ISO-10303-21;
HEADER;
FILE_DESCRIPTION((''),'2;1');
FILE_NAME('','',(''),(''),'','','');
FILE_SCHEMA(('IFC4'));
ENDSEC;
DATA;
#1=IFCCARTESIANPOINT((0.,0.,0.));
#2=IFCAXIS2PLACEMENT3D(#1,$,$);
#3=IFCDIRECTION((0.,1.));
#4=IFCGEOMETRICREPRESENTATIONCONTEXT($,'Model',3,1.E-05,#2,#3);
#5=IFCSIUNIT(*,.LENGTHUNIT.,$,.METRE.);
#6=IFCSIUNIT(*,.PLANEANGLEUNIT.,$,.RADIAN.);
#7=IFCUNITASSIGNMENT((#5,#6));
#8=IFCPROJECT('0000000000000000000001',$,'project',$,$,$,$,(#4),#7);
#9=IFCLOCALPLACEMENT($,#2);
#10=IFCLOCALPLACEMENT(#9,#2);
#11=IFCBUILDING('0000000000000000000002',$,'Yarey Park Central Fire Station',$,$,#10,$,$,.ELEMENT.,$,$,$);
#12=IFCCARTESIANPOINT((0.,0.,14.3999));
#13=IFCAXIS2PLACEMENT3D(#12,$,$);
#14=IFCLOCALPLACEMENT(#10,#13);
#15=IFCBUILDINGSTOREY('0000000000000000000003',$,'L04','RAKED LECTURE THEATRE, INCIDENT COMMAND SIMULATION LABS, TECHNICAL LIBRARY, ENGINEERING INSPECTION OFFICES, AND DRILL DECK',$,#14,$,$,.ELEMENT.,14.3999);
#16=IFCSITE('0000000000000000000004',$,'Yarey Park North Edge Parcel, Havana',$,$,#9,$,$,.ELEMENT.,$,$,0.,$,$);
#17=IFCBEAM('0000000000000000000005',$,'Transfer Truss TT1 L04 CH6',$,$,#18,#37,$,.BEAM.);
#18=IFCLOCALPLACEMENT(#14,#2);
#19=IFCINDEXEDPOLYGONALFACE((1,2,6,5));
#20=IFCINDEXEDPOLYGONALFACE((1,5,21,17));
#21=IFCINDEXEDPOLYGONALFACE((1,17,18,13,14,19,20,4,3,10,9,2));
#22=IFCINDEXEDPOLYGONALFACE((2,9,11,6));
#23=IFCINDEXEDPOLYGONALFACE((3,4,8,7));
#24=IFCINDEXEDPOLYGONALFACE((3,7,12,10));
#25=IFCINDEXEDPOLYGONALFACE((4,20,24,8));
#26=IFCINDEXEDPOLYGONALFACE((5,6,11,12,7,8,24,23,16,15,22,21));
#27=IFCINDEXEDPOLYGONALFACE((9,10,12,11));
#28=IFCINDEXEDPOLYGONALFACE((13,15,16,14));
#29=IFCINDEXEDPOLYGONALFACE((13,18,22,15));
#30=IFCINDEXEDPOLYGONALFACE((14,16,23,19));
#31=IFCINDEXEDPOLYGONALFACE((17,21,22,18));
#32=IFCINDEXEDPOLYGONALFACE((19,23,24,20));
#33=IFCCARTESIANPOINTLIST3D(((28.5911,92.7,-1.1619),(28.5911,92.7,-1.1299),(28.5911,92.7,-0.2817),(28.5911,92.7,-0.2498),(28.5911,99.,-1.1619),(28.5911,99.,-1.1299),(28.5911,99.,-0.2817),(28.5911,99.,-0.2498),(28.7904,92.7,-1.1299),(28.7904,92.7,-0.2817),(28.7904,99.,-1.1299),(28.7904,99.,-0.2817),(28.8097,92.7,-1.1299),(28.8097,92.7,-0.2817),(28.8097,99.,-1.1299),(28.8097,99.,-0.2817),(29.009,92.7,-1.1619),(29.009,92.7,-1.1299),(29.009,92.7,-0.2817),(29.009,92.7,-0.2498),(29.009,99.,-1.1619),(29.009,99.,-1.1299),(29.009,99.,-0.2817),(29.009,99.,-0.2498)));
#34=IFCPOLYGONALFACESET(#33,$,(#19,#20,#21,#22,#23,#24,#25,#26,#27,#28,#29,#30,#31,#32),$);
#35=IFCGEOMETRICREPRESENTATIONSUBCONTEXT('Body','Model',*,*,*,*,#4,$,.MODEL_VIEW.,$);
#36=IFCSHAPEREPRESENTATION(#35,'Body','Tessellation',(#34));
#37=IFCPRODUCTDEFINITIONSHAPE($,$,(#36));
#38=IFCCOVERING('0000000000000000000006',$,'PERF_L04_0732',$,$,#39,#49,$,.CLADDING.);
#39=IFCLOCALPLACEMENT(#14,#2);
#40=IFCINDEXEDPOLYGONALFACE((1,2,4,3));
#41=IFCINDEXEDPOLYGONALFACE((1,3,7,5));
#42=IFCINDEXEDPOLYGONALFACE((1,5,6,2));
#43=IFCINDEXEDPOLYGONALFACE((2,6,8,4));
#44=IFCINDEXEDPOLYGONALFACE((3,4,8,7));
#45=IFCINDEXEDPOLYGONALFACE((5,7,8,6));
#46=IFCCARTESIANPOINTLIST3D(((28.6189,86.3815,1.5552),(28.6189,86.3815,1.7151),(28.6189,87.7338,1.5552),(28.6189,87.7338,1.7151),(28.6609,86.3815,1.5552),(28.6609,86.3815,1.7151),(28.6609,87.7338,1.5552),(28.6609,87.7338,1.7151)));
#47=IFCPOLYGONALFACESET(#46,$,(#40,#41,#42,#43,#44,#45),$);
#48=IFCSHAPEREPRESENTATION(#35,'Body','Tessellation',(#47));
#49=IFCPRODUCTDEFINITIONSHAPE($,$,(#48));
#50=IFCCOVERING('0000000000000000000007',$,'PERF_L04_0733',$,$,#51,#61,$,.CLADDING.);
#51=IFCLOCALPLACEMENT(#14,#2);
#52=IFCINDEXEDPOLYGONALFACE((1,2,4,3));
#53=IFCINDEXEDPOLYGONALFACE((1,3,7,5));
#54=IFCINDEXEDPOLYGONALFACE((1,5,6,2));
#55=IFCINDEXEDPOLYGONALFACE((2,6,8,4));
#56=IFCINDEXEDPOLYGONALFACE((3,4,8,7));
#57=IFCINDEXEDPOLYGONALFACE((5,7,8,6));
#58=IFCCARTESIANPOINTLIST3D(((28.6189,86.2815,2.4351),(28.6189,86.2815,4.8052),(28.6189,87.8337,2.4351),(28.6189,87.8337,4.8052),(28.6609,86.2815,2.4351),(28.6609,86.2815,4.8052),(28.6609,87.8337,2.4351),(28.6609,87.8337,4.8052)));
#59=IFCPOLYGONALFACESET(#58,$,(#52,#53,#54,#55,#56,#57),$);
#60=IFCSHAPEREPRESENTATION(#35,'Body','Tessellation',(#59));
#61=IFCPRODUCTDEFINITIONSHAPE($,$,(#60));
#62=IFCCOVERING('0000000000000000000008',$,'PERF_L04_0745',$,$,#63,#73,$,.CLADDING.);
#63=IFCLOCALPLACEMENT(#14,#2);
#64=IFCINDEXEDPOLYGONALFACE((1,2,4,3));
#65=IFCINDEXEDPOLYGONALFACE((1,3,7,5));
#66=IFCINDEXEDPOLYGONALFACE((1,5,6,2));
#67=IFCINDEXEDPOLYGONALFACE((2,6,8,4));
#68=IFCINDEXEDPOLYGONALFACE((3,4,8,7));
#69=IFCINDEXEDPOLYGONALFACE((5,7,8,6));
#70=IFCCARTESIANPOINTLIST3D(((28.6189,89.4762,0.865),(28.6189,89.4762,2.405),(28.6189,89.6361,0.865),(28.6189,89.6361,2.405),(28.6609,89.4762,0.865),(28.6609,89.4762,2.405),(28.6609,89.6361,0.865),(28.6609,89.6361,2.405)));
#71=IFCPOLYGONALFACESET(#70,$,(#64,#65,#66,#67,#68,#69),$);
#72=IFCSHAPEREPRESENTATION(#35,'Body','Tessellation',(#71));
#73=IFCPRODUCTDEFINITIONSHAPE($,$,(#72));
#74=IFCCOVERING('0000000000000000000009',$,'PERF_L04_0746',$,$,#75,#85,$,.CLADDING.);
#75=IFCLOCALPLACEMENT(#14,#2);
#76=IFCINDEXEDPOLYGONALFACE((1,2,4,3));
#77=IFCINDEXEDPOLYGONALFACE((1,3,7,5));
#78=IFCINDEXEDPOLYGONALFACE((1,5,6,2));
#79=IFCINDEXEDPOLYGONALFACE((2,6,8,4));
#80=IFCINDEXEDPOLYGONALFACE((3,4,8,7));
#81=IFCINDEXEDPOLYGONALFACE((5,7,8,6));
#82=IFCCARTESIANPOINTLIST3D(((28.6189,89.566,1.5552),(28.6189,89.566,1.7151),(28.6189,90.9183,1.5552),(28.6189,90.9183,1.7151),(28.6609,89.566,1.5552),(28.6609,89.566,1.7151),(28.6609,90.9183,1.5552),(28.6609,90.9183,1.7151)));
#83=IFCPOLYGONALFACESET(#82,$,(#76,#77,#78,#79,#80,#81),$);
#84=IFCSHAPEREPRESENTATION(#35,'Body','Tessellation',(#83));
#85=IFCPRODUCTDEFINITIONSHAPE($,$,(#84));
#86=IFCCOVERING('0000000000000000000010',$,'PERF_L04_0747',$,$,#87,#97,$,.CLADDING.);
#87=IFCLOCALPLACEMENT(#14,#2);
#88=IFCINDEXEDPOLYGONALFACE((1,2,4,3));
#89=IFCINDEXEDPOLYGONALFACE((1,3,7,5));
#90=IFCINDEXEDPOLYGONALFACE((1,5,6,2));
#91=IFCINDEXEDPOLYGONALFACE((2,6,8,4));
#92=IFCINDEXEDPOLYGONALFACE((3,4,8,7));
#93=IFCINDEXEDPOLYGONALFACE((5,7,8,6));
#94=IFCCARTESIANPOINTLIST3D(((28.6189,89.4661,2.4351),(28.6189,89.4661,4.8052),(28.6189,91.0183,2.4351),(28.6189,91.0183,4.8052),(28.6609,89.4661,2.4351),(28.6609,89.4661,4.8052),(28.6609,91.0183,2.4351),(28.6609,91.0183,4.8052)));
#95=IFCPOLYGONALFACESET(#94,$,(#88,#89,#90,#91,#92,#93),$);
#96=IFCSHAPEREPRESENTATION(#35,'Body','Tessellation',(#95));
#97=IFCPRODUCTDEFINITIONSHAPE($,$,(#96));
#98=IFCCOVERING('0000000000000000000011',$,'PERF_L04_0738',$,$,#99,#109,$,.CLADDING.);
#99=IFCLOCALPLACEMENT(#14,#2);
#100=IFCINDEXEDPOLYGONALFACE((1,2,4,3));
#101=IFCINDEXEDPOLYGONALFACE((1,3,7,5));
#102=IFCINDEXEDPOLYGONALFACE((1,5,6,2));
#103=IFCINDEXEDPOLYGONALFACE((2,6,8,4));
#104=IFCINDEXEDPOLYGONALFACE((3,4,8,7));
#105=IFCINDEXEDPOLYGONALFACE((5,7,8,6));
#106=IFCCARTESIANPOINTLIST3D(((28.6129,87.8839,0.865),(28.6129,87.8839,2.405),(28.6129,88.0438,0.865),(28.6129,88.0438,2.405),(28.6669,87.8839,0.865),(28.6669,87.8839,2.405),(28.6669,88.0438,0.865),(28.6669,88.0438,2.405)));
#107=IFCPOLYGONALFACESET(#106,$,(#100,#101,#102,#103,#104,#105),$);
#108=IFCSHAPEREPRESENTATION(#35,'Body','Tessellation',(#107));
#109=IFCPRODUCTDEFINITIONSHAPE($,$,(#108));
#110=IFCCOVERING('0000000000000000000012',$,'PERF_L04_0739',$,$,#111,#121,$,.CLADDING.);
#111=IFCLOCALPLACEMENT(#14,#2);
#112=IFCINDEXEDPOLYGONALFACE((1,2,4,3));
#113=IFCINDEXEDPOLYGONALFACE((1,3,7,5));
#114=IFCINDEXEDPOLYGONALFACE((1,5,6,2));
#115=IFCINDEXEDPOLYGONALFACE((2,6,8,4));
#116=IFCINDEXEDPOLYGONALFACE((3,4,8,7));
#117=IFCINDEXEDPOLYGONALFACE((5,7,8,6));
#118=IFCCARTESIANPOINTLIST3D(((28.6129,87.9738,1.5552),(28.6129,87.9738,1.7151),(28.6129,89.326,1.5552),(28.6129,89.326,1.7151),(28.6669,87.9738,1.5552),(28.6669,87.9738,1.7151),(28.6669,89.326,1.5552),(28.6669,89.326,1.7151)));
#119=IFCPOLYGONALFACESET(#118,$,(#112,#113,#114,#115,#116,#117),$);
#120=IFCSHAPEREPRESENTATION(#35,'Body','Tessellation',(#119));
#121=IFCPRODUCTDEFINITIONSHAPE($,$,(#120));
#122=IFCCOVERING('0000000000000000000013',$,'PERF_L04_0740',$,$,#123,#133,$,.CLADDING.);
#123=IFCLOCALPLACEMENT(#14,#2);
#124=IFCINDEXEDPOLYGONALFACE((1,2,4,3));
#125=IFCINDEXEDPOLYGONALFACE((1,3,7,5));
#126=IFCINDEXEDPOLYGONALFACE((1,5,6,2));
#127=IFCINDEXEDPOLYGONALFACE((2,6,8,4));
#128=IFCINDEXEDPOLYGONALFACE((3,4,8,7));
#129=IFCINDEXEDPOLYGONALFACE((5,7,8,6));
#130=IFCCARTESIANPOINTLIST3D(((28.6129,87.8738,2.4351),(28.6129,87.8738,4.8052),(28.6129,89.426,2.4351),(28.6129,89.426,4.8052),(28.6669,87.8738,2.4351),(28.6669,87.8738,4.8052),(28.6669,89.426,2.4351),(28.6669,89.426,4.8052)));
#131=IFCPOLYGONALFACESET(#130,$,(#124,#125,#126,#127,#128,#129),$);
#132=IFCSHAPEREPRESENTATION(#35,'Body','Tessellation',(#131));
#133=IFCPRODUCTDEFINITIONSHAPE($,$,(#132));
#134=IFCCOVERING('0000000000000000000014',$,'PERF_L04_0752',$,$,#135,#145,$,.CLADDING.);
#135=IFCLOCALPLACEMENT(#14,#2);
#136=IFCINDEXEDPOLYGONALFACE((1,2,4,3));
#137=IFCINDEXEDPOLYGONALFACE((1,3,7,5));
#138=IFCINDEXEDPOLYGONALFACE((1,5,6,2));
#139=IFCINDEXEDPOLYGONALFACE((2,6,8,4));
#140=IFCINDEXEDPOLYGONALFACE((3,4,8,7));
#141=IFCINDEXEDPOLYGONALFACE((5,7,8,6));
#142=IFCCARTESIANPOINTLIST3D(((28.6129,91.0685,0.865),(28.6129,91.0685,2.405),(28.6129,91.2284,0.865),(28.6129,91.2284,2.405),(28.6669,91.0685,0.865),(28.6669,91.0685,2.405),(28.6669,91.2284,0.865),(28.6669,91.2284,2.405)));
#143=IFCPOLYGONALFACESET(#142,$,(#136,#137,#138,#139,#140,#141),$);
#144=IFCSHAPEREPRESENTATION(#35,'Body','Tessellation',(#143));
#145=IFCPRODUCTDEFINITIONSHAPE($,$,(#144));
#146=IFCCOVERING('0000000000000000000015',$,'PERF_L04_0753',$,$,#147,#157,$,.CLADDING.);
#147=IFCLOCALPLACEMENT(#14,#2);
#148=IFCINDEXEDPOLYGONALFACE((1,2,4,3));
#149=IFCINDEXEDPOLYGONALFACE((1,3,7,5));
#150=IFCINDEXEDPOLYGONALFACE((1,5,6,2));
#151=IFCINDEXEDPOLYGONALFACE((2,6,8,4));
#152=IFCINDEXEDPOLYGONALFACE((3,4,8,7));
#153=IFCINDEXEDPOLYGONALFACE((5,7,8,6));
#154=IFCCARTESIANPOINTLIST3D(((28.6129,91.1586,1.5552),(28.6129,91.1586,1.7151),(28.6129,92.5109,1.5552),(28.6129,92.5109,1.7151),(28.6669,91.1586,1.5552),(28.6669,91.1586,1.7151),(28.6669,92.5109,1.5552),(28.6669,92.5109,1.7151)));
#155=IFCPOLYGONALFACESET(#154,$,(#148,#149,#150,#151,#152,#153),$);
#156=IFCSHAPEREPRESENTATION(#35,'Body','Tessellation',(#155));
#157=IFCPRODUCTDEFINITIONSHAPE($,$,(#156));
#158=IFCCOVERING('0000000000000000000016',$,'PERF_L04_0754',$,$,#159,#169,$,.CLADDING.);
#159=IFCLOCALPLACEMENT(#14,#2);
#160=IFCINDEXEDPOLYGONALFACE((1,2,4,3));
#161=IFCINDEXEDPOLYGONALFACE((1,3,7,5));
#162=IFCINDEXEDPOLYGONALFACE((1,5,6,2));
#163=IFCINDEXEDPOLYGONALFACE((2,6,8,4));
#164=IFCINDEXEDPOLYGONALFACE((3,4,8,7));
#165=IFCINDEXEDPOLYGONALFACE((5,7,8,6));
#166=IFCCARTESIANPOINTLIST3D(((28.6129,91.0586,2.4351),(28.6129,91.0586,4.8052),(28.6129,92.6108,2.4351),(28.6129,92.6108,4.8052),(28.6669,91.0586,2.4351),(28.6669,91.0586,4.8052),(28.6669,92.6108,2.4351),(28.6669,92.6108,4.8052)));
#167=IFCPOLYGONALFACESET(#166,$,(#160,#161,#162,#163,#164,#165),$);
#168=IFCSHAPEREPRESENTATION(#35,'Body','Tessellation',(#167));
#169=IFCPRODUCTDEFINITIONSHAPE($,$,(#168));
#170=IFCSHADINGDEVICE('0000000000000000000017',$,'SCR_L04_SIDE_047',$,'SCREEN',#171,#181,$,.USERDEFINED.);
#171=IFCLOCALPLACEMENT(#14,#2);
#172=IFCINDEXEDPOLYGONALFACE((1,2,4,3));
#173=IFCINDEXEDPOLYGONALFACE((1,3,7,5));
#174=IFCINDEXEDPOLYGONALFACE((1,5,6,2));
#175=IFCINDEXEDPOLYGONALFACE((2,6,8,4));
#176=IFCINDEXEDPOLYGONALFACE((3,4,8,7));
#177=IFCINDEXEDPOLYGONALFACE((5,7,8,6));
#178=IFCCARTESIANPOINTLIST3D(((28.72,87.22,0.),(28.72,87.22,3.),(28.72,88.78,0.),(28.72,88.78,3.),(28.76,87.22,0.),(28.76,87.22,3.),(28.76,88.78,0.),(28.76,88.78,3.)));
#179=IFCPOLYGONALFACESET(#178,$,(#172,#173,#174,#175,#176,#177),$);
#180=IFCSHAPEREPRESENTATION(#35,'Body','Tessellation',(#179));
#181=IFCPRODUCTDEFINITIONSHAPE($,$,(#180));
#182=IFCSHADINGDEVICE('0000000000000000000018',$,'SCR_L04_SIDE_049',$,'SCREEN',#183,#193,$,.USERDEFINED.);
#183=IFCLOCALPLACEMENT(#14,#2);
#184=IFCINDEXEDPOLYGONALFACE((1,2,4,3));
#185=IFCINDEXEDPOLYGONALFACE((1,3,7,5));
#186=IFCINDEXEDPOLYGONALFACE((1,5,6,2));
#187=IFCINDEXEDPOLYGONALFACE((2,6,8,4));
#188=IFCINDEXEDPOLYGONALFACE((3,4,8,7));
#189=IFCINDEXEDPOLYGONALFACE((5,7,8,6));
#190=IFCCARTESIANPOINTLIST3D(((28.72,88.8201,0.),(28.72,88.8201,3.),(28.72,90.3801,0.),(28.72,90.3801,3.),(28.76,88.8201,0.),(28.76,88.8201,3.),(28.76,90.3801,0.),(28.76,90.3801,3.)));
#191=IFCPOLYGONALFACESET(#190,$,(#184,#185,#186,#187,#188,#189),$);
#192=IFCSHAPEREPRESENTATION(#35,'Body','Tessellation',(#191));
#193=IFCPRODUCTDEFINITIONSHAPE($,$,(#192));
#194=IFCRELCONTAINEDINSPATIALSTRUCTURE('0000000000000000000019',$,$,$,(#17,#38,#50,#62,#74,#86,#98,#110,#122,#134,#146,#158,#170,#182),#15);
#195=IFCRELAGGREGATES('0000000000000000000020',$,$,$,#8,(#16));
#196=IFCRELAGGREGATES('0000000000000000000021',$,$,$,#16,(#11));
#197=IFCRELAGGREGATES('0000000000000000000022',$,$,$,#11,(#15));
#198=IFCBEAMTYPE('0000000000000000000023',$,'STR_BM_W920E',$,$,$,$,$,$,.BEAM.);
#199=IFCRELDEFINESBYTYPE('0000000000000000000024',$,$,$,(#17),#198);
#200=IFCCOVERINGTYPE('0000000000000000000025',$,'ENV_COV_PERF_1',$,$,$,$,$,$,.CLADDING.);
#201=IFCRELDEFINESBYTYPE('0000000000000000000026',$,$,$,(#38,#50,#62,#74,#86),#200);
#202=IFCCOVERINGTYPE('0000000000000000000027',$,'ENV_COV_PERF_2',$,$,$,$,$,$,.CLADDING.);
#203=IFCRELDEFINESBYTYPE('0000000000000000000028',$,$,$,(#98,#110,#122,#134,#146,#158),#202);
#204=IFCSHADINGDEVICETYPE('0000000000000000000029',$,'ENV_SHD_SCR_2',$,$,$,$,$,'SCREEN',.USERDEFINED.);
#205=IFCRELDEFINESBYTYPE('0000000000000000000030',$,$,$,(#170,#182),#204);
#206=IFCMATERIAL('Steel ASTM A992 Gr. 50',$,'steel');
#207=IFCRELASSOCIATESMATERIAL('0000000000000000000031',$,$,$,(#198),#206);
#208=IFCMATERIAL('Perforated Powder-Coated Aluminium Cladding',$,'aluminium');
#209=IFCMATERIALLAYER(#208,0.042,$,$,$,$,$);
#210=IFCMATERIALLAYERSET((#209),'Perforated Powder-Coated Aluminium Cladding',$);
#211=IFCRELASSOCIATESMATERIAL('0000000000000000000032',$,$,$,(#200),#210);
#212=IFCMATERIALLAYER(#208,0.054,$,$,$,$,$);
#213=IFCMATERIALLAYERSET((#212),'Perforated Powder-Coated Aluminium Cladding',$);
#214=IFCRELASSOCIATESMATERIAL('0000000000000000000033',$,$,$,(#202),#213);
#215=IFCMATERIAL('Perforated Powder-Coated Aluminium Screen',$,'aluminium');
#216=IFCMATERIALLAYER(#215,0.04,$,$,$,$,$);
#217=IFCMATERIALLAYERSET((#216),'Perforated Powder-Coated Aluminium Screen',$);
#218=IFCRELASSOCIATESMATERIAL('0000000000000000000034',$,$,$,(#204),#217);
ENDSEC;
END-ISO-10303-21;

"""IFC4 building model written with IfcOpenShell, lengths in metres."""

from ifc_helpers import new_model, si_unit, direction, frame, origin, origin_2d, place, context, subcontext, project, spatial, rectangle, i_section, extrude, material, layer, layer_set, material_profile, profile_set, type_object, element, save


model = new_model("IFC4")

# Units and contexts
model_context = context("Model", 3, precision=1e-05, world=origin(), true_north=direction((0.0, 1.0)))
body_context = subcontext(model_context, "Body", "Model", "MODEL_VIEW")
ifc_project = project(units=[si_unit("LENGTHUNIT", "METRE"), si_unit("PLANEANGLEUNIT", "RADIAN")], contexts=[model_context])

# Site, building, storey
site_placement = place(None, origin())
site = spatial("IfcSite", under=ifc_project, at=site_placement, Name="Yarey Park North Edge Parcel, Havana", CompositionType="ELEMENT", RefElevation=0.0)
building_placement = place(site_placement, origin())
building = spatial("IfcBuilding", under=site, at=building_placement, Name="Yarey Park Central Fire Station", CompositionType="ELEMENT")
storey_placement = place(building_placement, frame((0.0, 0.0, 14.3999)))
storey = spatial("IfcBuildingStorey", under=building, at=storey_placement, Name="L04", Description="RAKED LECTURE THEATRE, INCIDENT COMMAND SIMULATION LABS, TECHNICAL LIBRARY, ENGINEERING INSPECTION OFFICES, AND DRILL DECK", CompositionType="ELEMENT", Elevation=14.3999)

# Beam
ifc_material_1 = material(Name="Steel ASTM A992 Gr. 50", Category="steel")
ifc_material_profile = material_profile(ifc_material_1, i_section(OverallWidth=0.418, OverallDepth=0.9121, WebThickness=0.0193, FlangeThickness=0.032, at=origin_2d()), Name="W920x342")
ifc_profile_set = profile_set([ifc_material_profile], Name="Steel ASTM A992 Gr. 50")
beam_type = type_object("IfcBeamType", Name="STR_BM_W920E", PredefinedType="BEAM", material=ifc_profile_set)
beam_placement = place(storey_placement, frame((28.8, 92.7, -0.7058), z_axis=(0.0, 1.0, 0.0), x_axis=(-1.0, 0.0, 0.0)))
element("IfcBeam", 1, at=beam_placement, inside=storey, type_object=beam_type, Name="Transfer Truss TT1 L04 CH6", PredefinedType="BEAM", context=body_context, shape_type="SweptSolid", body=[
    extrude(i_section(OverallWidth=0.418, OverallDepth=0.9121, WebThickness=0.0193, FlangeThickness=0.032, at=origin_2d()), origin(), (0.0, 0.0, 1.0), 6.3),
])

# Coverings
ifc_material_2 = material(Name="Perforated Powder-Coated Aluminium Cladding", Category="aluminium")
ifc_layer_1 = layer(ifc_material_2, 0.042)
ifc_layer_set_1 = layer_set([ifc_layer_1], Name="Perforated Powder-Coated Aluminium Cladding")
covering_type_1 = type_object("IfcCoveringType", Name="ENV_COV_PERF_1", PredefinedType="CLADDING", material=ifc_layer_set_1)
covering_1_placement = place(storey_placement, frame((28.6399, 87.0576, 1.5552), z_axis=(0.0, 0.0, 1.0), x_axis=(0.0, 1.0, 0.0)))
element("IfcCovering", 2, at=covering_1_placement, inside=storey, type_object=covering_type_1, Name="PERF_L04_0732", PredefinedType="CLADDING", context=body_context, shape_type="SweptSolid", body=[
    extrude(rectangle(XDim=1.3523, YDim=0.042, at=origin_2d()), origin(), (0.0, 0.0, 1.0), 0.1599),
])
covering_2_placement = place(storey_placement, frame((28.6399, 87.0576, 2.4351), z_axis=(0.0, 0.0, 1.0), x_axis=(0.0, 1.0, 0.0)))
element("IfcCovering", 3, at=covering_2_placement, inside=storey, type_object=covering_type_1, Name="PERF_L04_0733", PredefinedType="CLADDING", context=body_context, shape_type="SweptSolid", body=[
    extrude(rectangle(XDim=1.5522, YDim=0.042, at=origin_2d()), origin(), (0.0, 0.0, 1.0), 2.3701),
])
covering_3_placement = place(storey_placement, frame((28.6399, 89.5562, 0.865), z_axis=(0.0, 0.0, 1.0), x_axis=(0.0, 1.0, 0.0)))
element("IfcCovering", 4, at=covering_3_placement, inside=storey, type_object=covering_type_1, Name="PERF_L04_0745", PredefinedType="CLADDING", context=body_context, shape_type="SweptSolid", body=[
    extrude(rectangle(XDim=0.1599, YDim=0.042, at=origin_2d()), origin(), (0.0, 0.0, 1.0), 1.54),
])
covering_4_placement = place(storey_placement, frame((28.6399, 90.2422, 1.5552), z_axis=(0.0, 0.0, 1.0), x_axis=(0.0, 1.0, 0.0)))
element("IfcCovering", 5, at=covering_4_placement, inside=storey, type_object=covering_type_1, Name="PERF_L04_0746", PredefinedType="CLADDING", context=body_context, shape_type="SweptSolid", body=[
    extrude(rectangle(XDim=1.3523, YDim=0.042, at=origin_2d()), origin(), (0.0, 0.0, 1.0), 0.1599),
])
covering_5_placement = place(storey_placement, frame((28.6399, 90.2422, 2.4351), z_axis=(0.0, 0.0, 1.0), x_axis=(0.0, 1.0, 0.0)))
element("IfcCovering", 6, at=covering_5_placement, inside=storey, type_object=covering_type_1, Name="PERF_L04_0747", PredefinedType="CLADDING", context=body_context, shape_type="SweptSolid", body=[
    extrude(rectangle(XDim=1.5522, YDim=0.042, at=origin_2d()), origin(), (0.0, 0.0, 1.0), 2.3701),
])
ifc_layer_2 = layer(ifc_material_2, 0.054)
ifc_layer_set_2 = layer_set([ifc_layer_2], Name="Perforated Powder-Coated Aluminium Cladding")
covering_type_2 = type_object("IfcCoveringType", Name="ENV_COV_PERF_2", PredefinedType="CLADDING", material=ifc_layer_set_2)
covering_6_placement = place(storey_placement, frame((28.6399, 87.9639, 0.865), z_axis=(0.0, 0.0, 1.0), x_axis=(0.0, 1.0, 0.0)))
element("IfcCovering", 7, at=covering_6_placement, inside=storey, type_object=covering_type_2, Name="PERF_L04_0738", PredefinedType="CLADDING", context=body_context, shape_type="SweptSolid", body=[
    extrude(rectangle(XDim=0.1599, YDim=0.054, at=origin_2d()), origin(), (0.0, 0.0, 1.0), 1.54),
])
covering_7_placement = place(storey_placement, frame((28.6399, 88.6499, 1.5552), z_axis=(0.0, 0.0, 1.0), x_axis=(0.0, 1.0, 0.0)))
element("IfcCovering", 8, at=covering_7_placement, inside=storey, type_object=covering_type_2, Name="PERF_L04_0739", PredefinedType="CLADDING", context=body_context, shape_type="SweptSolid", body=[
    extrude(rectangle(XDim=1.3523, YDim=0.054, at=origin_2d()), origin(), (0.0, 0.0, 1.0), 0.1599),
])
covering_8_placement = place(storey_placement, frame((28.6399, 88.6499, 2.4351), z_axis=(0.0, 0.0, 1.0), x_axis=(0.0, 1.0, 0.0)))
element("IfcCovering", 9, at=covering_8_placement, inside=storey, type_object=covering_type_2, Name="PERF_L04_0740", PredefinedType="CLADDING", context=body_context, shape_type="SweptSolid", body=[
    extrude(rectangle(XDim=1.5522, YDim=0.054, at=origin_2d()), origin(), (0.0, 0.0, 1.0), 2.3701),
])
covering_9_placement = place(storey_placement, frame((28.6399, 91.1484, 0.865), z_axis=(0.0, 0.0, 1.0), x_axis=(0.0, 1.0, 0.0)))
element("IfcCovering", 10, at=covering_9_placement, inside=storey, type_object=covering_type_2, Name="PERF_L04_0752", PredefinedType="CLADDING", context=body_context, shape_type="SweptSolid", body=[
    extrude(rectangle(XDim=0.1599, YDim=0.054, at=origin_2d()), origin(), (0.0, 0.0, 1.0), 1.54),
])
covering_10_placement = place(storey_placement, frame((28.6399, 91.8347, 1.5552), z_axis=(0.0, 0.0, 1.0), x_axis=(0.0, 1.0, 0.0)))
element("IfcCovering", 11, at=covering_10_placement, inside=storey, type_object=covering_type_2, Name="PERF_L04_0753", PredefinedType="CLADDING", context=body_context, shape_type="SweptSolid", body=[
    extrude(rectangle(XDim=1.3523, YDim=0.054, at=origin_2d()), origin(), (0.0, 0.0, 1.0), 0.1599),
])
covering_11_placement = place(storey_placement, frame((28.6399, 91.8347, 2.4351), z_axis=(0.0, 0.0, 1.0), x_axis=(0.0, 1.0, 0.0)))
element("IfcCovering", 12, at=covering_11_placement, inside=storey, type_object=covering_type_2, Name="PERF_L04_0754", PredefinedType="CLADDING", context=body_context, shape_type="SweptSolid", body=[
    extrude(rectangle(XDim=1.5522, YDim=0.054, at=origin_2d()), origin(), (0.0, 0.0, 1.0), 2.3701),
])

# Shading devices
ifc_material_3 = material(Name="Perforated Powder-Coated Aluminium Screen", Category="aluminium")
ifc_layer_3 = layer(ifc_material_3, 0.04)
ifc_layer_set_3 = layer_set([ifc_layer_3], Name="Perforated Powder-Coated Aluminium Screen")
shading_device_type = type_object("IfcShadingDeviceType", Name="ENV_SHD_SCR_2", ElementType="SCREEN", PredefinedType="USERDEFINED", material=ifc_layer_set_3)
for number, where, z_axis, x_axis, name in (
    (13, (28.74, 88.0, 0.0), (0.0, 0.0, 1.0), (0.0, 1.0, 0.0), "SCR_L04_SIDE_047"),
    (14, (28.74, 89.6001, 0.0), (0.0, 0.0, 1.0), (0.0, 1.0, 0.0), "SCR_L04_SIDE_049"),
):
    element("IfcShadingDevice", number, at=place(storey_placement, frame(where, z_axis=z_axis, x_axis=x_axis)), inside=storey, type_object=shading_device_type, Name=name, ObjectType="SCREEN", PredefinedType="USERDEFINED", context=body_context, shape_type="SweptSolid", body=[
        extrude(rectangle(XDim=1.5601, YDim=0.04, at=origin_2d()), origin(), (0.0, 0.0, 1.0), 3.0),
    ])

save(model, "model.ifc")
